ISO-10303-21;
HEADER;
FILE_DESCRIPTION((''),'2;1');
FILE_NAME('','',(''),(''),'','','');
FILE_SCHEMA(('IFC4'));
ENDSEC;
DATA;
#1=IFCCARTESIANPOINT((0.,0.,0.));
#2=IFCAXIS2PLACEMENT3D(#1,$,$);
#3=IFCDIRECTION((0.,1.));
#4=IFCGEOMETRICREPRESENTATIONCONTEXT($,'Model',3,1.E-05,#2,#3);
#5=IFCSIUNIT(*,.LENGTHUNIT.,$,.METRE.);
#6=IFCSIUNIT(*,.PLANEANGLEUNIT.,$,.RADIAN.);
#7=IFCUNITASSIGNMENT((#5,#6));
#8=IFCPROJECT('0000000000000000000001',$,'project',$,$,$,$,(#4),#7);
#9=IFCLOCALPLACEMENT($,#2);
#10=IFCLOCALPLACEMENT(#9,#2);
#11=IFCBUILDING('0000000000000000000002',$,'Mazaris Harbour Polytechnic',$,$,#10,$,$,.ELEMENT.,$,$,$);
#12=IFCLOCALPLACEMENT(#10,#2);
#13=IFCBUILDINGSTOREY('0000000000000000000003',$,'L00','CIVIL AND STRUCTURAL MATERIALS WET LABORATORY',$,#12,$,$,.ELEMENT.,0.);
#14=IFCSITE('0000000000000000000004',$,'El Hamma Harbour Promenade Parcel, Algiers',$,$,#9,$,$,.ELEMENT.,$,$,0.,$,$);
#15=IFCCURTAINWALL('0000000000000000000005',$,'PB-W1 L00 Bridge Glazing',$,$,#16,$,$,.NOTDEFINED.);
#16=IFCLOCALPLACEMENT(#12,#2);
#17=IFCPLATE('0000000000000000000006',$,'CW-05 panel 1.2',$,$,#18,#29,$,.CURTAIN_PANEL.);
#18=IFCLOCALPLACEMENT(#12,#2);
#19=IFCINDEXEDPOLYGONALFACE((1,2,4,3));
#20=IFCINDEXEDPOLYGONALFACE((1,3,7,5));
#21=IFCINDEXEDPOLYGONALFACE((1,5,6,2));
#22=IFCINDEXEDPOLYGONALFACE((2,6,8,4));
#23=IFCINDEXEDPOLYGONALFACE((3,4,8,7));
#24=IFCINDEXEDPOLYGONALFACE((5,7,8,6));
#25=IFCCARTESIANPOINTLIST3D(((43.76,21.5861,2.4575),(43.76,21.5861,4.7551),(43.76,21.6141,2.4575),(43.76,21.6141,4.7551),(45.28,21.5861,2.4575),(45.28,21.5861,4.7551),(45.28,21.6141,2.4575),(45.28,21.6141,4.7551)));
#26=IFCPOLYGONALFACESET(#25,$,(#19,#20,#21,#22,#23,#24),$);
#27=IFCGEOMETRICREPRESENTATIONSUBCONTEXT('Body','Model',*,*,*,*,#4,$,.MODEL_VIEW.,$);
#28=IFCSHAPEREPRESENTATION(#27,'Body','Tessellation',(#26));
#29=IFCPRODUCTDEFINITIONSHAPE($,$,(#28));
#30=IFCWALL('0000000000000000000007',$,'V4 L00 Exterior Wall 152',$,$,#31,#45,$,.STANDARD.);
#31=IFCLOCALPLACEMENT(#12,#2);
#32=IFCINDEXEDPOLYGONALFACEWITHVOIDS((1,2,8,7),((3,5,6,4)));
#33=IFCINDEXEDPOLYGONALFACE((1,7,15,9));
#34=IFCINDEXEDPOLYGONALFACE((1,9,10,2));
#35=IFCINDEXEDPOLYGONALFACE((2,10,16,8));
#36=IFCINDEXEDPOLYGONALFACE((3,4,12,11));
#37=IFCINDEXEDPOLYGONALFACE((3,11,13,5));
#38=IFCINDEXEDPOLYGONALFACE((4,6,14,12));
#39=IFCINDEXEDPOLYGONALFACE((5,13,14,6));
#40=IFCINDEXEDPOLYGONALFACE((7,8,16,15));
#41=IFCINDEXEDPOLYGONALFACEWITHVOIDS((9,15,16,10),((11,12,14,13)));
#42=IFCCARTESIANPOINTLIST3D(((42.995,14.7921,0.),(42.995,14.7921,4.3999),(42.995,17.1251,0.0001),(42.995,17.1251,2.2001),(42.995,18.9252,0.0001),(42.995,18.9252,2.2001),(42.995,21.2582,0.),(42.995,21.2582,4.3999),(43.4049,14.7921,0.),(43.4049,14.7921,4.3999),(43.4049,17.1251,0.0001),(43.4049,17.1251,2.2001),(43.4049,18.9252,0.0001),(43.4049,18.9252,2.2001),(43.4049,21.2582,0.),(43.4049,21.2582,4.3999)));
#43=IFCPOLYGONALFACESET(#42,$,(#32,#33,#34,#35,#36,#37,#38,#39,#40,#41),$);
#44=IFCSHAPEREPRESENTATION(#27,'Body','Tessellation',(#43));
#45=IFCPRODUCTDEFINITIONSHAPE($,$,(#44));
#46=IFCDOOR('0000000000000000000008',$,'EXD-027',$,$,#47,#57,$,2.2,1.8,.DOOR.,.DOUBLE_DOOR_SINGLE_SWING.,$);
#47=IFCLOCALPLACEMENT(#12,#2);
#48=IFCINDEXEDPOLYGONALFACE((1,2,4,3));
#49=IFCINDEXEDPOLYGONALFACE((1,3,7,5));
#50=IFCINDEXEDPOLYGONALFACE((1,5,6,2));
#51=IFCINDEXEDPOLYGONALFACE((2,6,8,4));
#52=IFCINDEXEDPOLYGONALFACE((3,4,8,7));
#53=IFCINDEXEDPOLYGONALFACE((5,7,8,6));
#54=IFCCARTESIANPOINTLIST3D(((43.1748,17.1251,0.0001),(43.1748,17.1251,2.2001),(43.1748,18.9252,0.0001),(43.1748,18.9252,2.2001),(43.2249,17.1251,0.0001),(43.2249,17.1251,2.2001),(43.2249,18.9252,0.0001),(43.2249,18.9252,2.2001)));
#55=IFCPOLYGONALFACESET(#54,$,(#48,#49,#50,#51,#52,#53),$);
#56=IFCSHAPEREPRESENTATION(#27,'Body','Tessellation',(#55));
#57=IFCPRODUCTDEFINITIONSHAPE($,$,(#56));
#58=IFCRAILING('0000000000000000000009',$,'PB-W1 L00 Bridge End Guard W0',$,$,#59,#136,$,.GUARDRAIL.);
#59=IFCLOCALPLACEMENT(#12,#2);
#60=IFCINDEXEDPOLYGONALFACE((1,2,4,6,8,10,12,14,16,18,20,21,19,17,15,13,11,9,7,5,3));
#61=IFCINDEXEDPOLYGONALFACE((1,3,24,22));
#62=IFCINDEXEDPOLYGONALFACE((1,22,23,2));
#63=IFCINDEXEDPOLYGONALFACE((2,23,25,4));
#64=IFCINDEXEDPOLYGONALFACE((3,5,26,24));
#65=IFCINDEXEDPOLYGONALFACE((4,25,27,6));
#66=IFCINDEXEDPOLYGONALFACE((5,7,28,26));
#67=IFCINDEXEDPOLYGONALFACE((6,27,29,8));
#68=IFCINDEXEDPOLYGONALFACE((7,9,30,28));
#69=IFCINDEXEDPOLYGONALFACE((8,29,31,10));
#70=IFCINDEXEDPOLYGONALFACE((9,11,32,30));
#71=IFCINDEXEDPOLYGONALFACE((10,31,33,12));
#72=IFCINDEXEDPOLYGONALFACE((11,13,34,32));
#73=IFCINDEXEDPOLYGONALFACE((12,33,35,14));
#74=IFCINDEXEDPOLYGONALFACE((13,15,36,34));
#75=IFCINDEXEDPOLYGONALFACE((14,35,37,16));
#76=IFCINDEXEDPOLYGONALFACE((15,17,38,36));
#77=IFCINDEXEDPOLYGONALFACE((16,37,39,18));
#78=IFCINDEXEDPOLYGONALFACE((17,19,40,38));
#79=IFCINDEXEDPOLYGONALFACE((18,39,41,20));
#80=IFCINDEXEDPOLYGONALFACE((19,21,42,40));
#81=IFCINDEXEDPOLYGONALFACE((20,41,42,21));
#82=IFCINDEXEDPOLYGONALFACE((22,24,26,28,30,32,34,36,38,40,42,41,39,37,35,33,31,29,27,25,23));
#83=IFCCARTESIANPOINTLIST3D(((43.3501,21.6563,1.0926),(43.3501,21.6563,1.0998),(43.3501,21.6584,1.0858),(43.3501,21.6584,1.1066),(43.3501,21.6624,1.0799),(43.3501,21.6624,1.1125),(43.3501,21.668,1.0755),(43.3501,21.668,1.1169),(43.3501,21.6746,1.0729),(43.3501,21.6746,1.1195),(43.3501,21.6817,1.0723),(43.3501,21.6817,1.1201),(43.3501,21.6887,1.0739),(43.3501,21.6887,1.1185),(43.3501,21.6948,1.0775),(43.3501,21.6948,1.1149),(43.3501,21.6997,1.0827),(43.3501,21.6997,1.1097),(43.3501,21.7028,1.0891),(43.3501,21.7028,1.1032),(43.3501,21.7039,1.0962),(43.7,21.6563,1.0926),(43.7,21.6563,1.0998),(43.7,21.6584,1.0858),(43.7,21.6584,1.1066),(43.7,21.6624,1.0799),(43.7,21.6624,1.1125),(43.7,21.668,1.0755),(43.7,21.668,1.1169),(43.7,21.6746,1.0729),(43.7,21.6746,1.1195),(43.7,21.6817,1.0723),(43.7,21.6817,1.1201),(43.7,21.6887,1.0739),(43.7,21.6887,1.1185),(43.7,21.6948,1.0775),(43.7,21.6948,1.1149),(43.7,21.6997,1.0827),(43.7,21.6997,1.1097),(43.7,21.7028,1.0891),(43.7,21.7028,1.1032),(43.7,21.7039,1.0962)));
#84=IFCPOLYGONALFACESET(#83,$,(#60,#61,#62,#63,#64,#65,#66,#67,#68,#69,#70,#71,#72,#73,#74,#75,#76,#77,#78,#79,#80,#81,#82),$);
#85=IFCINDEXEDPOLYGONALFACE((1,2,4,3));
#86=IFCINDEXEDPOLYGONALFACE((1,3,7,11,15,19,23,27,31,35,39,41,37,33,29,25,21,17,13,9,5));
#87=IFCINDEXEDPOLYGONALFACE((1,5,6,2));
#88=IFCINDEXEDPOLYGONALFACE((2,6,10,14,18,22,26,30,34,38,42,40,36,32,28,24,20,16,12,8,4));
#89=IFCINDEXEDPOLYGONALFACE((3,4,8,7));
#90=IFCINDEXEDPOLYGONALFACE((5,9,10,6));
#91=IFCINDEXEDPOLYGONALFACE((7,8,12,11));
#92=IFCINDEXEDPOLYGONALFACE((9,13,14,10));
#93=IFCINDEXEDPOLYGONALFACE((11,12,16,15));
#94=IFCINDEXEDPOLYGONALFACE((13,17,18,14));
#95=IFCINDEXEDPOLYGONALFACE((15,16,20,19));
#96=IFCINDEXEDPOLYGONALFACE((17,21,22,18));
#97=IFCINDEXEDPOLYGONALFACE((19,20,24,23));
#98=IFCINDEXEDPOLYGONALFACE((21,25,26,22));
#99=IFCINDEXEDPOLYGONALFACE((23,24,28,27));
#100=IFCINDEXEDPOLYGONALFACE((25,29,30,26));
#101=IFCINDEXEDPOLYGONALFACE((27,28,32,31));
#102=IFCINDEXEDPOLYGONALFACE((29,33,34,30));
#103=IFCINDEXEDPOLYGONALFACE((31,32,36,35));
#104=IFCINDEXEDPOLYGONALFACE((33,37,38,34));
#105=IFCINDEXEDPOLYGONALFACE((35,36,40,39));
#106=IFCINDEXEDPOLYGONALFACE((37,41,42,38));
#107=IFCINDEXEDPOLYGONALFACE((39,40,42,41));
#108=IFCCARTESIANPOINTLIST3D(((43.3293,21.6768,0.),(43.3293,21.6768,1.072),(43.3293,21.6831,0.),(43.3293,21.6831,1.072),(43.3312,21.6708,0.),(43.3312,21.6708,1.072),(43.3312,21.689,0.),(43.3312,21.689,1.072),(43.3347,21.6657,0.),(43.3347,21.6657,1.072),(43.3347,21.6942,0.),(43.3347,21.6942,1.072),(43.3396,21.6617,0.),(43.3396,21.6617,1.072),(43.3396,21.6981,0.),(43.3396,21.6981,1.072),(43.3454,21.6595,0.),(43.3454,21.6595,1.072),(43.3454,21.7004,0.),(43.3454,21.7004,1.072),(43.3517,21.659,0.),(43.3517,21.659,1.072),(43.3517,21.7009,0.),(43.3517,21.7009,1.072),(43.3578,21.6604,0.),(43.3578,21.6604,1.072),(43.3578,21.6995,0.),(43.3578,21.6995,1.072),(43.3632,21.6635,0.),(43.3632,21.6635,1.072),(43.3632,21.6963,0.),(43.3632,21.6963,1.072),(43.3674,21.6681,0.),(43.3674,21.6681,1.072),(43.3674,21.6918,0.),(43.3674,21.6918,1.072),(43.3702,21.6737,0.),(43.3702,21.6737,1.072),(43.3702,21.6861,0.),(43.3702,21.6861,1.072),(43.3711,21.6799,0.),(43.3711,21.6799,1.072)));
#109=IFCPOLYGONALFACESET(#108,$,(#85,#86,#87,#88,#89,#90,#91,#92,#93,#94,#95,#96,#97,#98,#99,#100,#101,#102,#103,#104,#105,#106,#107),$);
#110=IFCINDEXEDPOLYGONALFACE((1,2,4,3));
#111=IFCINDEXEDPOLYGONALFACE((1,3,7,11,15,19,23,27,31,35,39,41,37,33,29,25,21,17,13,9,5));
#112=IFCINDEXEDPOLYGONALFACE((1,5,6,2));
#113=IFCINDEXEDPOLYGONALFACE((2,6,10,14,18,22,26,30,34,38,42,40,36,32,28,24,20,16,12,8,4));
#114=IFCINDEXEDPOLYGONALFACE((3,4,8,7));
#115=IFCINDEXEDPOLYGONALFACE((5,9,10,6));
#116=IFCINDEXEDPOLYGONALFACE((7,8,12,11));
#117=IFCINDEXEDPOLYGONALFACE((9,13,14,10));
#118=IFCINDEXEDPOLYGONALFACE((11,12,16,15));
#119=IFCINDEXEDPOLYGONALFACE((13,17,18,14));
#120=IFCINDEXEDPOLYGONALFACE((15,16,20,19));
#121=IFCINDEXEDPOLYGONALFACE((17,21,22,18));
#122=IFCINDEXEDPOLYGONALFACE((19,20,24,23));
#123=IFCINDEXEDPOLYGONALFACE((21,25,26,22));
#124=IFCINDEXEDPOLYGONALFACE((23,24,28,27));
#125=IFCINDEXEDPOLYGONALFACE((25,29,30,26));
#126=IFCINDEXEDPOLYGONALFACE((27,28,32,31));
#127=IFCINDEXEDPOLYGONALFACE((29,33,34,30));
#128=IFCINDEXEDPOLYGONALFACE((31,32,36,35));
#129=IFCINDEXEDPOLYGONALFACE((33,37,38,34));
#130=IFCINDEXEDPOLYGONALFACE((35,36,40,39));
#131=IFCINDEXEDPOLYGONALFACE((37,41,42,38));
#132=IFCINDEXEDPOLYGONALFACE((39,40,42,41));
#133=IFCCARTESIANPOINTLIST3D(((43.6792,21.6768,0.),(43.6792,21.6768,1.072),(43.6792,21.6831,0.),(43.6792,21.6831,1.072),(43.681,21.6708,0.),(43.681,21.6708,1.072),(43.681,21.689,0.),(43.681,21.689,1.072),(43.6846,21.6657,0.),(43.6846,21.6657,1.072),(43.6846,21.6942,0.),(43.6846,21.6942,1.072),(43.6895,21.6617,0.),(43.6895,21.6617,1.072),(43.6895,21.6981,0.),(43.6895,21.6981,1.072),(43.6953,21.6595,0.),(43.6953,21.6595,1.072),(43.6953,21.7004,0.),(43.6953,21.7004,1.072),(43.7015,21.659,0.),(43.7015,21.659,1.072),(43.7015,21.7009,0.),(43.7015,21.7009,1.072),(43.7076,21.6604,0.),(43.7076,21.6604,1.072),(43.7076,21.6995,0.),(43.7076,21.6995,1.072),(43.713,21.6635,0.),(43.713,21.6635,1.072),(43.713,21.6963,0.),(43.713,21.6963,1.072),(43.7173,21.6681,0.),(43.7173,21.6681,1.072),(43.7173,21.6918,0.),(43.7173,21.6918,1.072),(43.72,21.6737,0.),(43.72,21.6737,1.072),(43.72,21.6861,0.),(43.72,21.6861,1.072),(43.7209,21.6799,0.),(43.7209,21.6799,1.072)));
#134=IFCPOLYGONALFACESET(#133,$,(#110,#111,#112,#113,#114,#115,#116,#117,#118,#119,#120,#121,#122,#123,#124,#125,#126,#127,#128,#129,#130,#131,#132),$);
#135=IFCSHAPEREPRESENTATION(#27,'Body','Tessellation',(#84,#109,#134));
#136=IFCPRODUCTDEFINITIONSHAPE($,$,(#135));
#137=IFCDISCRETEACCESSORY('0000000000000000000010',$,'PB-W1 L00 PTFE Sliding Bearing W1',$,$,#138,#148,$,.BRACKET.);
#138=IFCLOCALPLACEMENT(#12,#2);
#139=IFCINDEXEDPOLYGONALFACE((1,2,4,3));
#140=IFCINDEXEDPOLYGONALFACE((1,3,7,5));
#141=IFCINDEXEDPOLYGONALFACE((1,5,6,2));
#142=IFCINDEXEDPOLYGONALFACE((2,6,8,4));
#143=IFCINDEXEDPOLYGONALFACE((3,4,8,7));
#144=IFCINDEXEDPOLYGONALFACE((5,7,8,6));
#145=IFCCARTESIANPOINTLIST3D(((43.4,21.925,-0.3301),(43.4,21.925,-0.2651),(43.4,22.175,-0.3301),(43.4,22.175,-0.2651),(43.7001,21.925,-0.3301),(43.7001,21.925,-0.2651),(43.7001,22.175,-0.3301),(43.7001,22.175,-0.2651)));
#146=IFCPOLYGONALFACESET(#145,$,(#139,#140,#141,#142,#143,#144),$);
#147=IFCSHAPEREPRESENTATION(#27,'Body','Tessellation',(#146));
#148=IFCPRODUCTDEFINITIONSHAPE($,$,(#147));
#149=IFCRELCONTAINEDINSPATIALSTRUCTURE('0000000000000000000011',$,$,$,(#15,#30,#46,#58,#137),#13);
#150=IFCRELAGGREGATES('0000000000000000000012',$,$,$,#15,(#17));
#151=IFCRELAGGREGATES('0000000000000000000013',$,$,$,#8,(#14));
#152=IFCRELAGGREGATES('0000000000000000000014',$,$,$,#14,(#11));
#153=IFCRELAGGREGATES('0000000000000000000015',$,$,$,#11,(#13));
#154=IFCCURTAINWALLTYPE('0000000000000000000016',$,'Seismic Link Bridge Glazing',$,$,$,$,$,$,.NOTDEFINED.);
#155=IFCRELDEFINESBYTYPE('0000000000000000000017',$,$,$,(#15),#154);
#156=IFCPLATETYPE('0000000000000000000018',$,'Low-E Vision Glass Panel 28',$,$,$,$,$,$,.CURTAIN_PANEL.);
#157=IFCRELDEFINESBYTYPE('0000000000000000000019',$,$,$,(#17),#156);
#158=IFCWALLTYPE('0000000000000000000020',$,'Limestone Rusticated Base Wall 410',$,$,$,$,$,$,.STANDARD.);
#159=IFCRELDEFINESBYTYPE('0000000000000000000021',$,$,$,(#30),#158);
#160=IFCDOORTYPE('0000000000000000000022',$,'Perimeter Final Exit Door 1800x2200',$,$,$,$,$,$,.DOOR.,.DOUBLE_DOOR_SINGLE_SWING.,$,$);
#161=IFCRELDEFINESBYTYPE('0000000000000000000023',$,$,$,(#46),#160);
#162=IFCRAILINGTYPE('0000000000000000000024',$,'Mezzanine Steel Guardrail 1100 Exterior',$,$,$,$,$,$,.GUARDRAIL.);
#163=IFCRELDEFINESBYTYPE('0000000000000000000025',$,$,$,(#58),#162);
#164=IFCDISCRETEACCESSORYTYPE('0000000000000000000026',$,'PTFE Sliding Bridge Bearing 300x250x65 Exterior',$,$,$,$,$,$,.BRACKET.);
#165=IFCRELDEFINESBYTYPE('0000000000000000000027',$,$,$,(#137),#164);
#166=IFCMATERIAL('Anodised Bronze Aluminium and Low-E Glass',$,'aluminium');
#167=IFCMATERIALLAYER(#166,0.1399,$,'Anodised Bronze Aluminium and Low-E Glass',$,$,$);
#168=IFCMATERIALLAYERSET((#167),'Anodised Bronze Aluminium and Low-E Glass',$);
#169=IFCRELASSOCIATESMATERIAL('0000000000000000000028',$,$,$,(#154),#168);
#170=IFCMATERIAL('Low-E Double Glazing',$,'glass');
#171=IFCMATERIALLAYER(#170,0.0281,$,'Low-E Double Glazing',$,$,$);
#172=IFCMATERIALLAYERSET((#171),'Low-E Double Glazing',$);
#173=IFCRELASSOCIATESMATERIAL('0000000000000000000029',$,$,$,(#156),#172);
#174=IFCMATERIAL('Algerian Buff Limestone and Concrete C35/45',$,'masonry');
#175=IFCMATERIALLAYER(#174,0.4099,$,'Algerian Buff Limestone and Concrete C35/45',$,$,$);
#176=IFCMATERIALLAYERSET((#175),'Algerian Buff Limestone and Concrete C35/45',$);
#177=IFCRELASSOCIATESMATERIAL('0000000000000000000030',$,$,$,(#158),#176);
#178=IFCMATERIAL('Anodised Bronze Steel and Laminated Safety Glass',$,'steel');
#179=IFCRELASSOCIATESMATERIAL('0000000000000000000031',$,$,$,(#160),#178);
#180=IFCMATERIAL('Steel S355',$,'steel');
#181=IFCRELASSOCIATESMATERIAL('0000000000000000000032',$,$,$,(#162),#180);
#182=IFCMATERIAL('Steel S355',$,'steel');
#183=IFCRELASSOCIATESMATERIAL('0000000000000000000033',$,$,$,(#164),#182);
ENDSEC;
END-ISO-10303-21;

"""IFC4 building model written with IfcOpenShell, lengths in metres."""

from ifc_helpers import new_model, si_unit, direction, frame, frame_2d, origin, origin_2d, place, context, subcontext, project, spatial, rectangle, circle, extrude, material, layer, layer_set, type_object, element, fill, aggregate, save


model = new_model("IFC4")

# Units and contexts
model_context = context("Model", 3, precision=1e-05, world=origin(), true_north=direction((0.0, 1.0)))
body_context = subcontext(model_context, "Body", "Model", "MODEL_VIEW")
ifc_project = project(units=[si_unit("LENGTHUNIT", "METRE"), si_unit("PLANEANGLEUNIT", "RADIAN")], contexts=[model_context])

# Site, building, storey
site_placement = place(None, origin())
site = spatial("IfcSite", under=ifc_project, at=site_placement, Name="El Hamma Harbour Promenade Parcel, Algiers", CompositionType="ELEMENT", RefElevation=0.0)
building_placement = place(site_placement, origin())
building = spatial("IfcBuilding", under=site, at=building_placement, Name="Mazaris Harbour Polytechnic", CompositionType="ELEMENT")
storey_placement = place(building_placement, origin())
storey = spatial("IfcBuildingStorey", under=building, at=storey_placement, Name="L00", Description="CIVIL AND STRUCTURAL MATERIALS WET LABORATORY", CompositionType="ELEMENT", Elevation=0.0)

# Curtain wall
ifc_material_1 = material(Name="Anodised Bronze Aluminium and Low-E Glass", Category="aluminium")
ifc_layer_1 = layer(ifc_material_1, 0.1399, Name="Anodised Bronze Aluminium and Low-E Glass")
ifc_layer_set_1 = layer_set([ifc_layer_1], Name="Anodised Bronze Aluminium and Low-E Glass")
curtain_wall_type_1 = type_object("IfcCurtainWallType", Name="Seismic Link Bridge Glazing", PredefinedType="NOTDEFINED", material=ifc_layer_set_1)
curtain_wall_1_placement = place(storey_placement, origin())
curtain_wall_1 = element("IfcCurtainWall", 1, at=curtain_wall_1_placement, inside=storey, type_object=curtain_wall_type_1, Name="PB-W1 L00 Bridge Glazing", PredefinedType="NOTDEFINED")

# Plate
ifc_material_2 = material(Name="Low-E Double Glazing", Category="glass")
ifc_layer_2 = layer(ifc_material_2, 0.0281, Name="Low-E Double Glazing")
ifc_layer_set_2 = layer_set([ifc_layer_2], Name="Low-E Double Glazing")
plate_type = type_object("IfcPlateType", Name="Low-E Vision Glass Panel 28", PredefinedType="CURTAIN_PANEL", material=ifc_layer_set_2)
plate_1_placement = place(storey_placement, frame((44.52, 21.6001, 2.4575), z_axis=(0.0, 0.0, 1.0), x_axis=(1.0, 0.0, 0.0)))
plate_1 = element("IfcPlate", 2, at=plate_1_placement, type_object=plate_type, Name="CW-05 panel 1.2", PredefinedType="CURTAIN_PANEL", context=body_context, shape_type="SweptSolid", body=[
    extrude(rectangle(XDim=1.52, YDim=0.0281, at=origin_2d()), origin(), (0.0, 0.0, 1.0), 2.2976),
])
aggregate(curtain_wall_1, [plate_1])

# Wall, opening, door
ifc_material_3 = material(Name="Algerian Buff Limestone and Concrete C35/45", Category="masonry")
ifc_layer_3 = layer(ifc_material_3, 0.4099, Name="Algerian Buff Limestone and Concrete C35/45")
ifc_layer_set_3 = layer_set([ifc_layer_3], Name="Algerian Buff Limestone and Concrete C35/45")
wall_type = type_object("IfcWallType", Name="Limestone Rusticated Base Wall 410", PredefinedType="STANDARD", material=ifc_layer_set_3)
wall_placement = place(storey_placement, frame((43.2, 21.2581, 0.0), z_axis=(0.0, 0.0, 1.0), x_axis=(0.0, -1.0, 0.0)))
wall = element("IfcWall", 3, at=wall_placement, inside=storey, type_object=wall_type, Name="V4 L00 Exterior Wall 152", PredefinedType="STANDARD", context=body_context, shape_type="SweptSolid", body=[
    extrude(rectangle(XDim=6.4661, YDim=0.4099, at=frame_2d((3.2329, 0.0))), origin(), (0.0, 0.0, 1.0), 4.3999),
])
opening_placement = place(wall_placement, frame((2.333, 0.0, 0.0)))
opening = element("IfcOpeningElement", 4, at=opening_placement, cuts=wall, PredefinedType="OPENING", context=body_context, shape_type="SweptSolid", body=[
    extrude(rectangle(XDim=1.8, YDim=2.2, at=frame_2d((0.8999, 1.1001))), frame((0.0, 0.2148, 0.0), z_axis=(0.0, -1.0, 0.0), x_axis=(1.0, 0.0, 0.0)), (0.0, 0.0, 1.0), 0.4299),
])
ifc_material_4 = material(Name="Anodised Bronze Steel and Laminated Safety Glass", Category="steel")
door_type = type_object("IfcDoorType", Name="Perimeter Final Exit Door 1800x2200", OperationType="DOUBLE_DOOR_SINGLE_SWING", PredefinedType="DOOR", material=ifc_material_4)
door_placement = place(opening_placement, origin())
door = element("IfcDoor", 5, at=door_placement, inside=storey, type_object=door_type, Name="EXD-027", OperationType="DOUBLE_DOOR_SINGLE_SWING", OverallHeight=2.2, OverallWidth=1.8, PredefinedType="DOOR", context=body_context, shape_type="SweptSolid", body=[
    extrude(rectangle(XDim=1.8, YDim=2.2, at=frame_2d((0.8999, 1.1001))), frame((0.0, 0.0249, 0.0), z_axis=(0.0, -1.0, 0.0), x_axis=(1.0, 0.0, 0.0)), (0.0, 0.0, 1.0), 0.05),
])
fill(opening, door)

# Railing
ifc_material_5 = material(Name="Steel S355", Category="steel")
railing_type = type_object("IfcRailingType", Name="Mezzanine Steel Guardrail 1100 Exterior", PredefinedType="GUARDRAIL", material=ifc_material_5)
railing_placement = place(storey_placement, frame((43.3501, 21.6799, 0.0)))
element("IfcRailing", 6, at=railing_placement, inside=storey, type_object=railing_type, Name="PB-W1 L00 Bridge End Guard W0", PredefinedType="GUARDRAIL", context=body_context, shape_type="SweptSolid", body=[
    extrude(circle(Radius=0.0239, at=origin_2d()), frame((0.0, 0.0, 1.0962), z_axis=(1.0, 0.0, 0.0), x_axis=(0.0, 1.0, 0.0)), (0.0, 0.0, 1.0), 0.3499),
    extrude(circle(Radius=0.021, at=origin_2d()), origin(), (0.0, 0.0, 1.0), 1.072),
    extrude(circle(Radius=0.021, at=origin_2d()), frame((0.3499, 0.0, 0.0)), (0.0, 0.0, 1.0), 1.072),
])

# Discrete accessory
ifc_material_6 = material(Name="Steel S355", Category="steel")
discrete_accessory_type = type_object("IfcDiscreteAccessoryType", Name="PTFE Sliding Bridge Bearing 300x250x65 Exterior", PredefinedType="BRACKET", material=ifc_material_6)
discrete_accessory_placement = place(storey_placement, frame((43.55, 22.05, -0.3301), z_axis=(0.0, 0.0, 1.0), x_axis=(1.0, 0.0, 0.0)))
element("IfcDiscreteAccessory", 7, at=discrete_accessory_placement, inside=storey, type_object=discrete_accessory_type, Name="PB-W1 L00 PTFE Sliding Bearing W1", PredefinedType="BRACKET", context=body_context, shape_type="SweptSolid", body=[
    extrude(rectangle(XDim=0.3, YDim=0.25, at=origin_2d()), origin(), (0.0, 0.0, 1.0), 0.0649),
])

save(model, "model.ifc")
